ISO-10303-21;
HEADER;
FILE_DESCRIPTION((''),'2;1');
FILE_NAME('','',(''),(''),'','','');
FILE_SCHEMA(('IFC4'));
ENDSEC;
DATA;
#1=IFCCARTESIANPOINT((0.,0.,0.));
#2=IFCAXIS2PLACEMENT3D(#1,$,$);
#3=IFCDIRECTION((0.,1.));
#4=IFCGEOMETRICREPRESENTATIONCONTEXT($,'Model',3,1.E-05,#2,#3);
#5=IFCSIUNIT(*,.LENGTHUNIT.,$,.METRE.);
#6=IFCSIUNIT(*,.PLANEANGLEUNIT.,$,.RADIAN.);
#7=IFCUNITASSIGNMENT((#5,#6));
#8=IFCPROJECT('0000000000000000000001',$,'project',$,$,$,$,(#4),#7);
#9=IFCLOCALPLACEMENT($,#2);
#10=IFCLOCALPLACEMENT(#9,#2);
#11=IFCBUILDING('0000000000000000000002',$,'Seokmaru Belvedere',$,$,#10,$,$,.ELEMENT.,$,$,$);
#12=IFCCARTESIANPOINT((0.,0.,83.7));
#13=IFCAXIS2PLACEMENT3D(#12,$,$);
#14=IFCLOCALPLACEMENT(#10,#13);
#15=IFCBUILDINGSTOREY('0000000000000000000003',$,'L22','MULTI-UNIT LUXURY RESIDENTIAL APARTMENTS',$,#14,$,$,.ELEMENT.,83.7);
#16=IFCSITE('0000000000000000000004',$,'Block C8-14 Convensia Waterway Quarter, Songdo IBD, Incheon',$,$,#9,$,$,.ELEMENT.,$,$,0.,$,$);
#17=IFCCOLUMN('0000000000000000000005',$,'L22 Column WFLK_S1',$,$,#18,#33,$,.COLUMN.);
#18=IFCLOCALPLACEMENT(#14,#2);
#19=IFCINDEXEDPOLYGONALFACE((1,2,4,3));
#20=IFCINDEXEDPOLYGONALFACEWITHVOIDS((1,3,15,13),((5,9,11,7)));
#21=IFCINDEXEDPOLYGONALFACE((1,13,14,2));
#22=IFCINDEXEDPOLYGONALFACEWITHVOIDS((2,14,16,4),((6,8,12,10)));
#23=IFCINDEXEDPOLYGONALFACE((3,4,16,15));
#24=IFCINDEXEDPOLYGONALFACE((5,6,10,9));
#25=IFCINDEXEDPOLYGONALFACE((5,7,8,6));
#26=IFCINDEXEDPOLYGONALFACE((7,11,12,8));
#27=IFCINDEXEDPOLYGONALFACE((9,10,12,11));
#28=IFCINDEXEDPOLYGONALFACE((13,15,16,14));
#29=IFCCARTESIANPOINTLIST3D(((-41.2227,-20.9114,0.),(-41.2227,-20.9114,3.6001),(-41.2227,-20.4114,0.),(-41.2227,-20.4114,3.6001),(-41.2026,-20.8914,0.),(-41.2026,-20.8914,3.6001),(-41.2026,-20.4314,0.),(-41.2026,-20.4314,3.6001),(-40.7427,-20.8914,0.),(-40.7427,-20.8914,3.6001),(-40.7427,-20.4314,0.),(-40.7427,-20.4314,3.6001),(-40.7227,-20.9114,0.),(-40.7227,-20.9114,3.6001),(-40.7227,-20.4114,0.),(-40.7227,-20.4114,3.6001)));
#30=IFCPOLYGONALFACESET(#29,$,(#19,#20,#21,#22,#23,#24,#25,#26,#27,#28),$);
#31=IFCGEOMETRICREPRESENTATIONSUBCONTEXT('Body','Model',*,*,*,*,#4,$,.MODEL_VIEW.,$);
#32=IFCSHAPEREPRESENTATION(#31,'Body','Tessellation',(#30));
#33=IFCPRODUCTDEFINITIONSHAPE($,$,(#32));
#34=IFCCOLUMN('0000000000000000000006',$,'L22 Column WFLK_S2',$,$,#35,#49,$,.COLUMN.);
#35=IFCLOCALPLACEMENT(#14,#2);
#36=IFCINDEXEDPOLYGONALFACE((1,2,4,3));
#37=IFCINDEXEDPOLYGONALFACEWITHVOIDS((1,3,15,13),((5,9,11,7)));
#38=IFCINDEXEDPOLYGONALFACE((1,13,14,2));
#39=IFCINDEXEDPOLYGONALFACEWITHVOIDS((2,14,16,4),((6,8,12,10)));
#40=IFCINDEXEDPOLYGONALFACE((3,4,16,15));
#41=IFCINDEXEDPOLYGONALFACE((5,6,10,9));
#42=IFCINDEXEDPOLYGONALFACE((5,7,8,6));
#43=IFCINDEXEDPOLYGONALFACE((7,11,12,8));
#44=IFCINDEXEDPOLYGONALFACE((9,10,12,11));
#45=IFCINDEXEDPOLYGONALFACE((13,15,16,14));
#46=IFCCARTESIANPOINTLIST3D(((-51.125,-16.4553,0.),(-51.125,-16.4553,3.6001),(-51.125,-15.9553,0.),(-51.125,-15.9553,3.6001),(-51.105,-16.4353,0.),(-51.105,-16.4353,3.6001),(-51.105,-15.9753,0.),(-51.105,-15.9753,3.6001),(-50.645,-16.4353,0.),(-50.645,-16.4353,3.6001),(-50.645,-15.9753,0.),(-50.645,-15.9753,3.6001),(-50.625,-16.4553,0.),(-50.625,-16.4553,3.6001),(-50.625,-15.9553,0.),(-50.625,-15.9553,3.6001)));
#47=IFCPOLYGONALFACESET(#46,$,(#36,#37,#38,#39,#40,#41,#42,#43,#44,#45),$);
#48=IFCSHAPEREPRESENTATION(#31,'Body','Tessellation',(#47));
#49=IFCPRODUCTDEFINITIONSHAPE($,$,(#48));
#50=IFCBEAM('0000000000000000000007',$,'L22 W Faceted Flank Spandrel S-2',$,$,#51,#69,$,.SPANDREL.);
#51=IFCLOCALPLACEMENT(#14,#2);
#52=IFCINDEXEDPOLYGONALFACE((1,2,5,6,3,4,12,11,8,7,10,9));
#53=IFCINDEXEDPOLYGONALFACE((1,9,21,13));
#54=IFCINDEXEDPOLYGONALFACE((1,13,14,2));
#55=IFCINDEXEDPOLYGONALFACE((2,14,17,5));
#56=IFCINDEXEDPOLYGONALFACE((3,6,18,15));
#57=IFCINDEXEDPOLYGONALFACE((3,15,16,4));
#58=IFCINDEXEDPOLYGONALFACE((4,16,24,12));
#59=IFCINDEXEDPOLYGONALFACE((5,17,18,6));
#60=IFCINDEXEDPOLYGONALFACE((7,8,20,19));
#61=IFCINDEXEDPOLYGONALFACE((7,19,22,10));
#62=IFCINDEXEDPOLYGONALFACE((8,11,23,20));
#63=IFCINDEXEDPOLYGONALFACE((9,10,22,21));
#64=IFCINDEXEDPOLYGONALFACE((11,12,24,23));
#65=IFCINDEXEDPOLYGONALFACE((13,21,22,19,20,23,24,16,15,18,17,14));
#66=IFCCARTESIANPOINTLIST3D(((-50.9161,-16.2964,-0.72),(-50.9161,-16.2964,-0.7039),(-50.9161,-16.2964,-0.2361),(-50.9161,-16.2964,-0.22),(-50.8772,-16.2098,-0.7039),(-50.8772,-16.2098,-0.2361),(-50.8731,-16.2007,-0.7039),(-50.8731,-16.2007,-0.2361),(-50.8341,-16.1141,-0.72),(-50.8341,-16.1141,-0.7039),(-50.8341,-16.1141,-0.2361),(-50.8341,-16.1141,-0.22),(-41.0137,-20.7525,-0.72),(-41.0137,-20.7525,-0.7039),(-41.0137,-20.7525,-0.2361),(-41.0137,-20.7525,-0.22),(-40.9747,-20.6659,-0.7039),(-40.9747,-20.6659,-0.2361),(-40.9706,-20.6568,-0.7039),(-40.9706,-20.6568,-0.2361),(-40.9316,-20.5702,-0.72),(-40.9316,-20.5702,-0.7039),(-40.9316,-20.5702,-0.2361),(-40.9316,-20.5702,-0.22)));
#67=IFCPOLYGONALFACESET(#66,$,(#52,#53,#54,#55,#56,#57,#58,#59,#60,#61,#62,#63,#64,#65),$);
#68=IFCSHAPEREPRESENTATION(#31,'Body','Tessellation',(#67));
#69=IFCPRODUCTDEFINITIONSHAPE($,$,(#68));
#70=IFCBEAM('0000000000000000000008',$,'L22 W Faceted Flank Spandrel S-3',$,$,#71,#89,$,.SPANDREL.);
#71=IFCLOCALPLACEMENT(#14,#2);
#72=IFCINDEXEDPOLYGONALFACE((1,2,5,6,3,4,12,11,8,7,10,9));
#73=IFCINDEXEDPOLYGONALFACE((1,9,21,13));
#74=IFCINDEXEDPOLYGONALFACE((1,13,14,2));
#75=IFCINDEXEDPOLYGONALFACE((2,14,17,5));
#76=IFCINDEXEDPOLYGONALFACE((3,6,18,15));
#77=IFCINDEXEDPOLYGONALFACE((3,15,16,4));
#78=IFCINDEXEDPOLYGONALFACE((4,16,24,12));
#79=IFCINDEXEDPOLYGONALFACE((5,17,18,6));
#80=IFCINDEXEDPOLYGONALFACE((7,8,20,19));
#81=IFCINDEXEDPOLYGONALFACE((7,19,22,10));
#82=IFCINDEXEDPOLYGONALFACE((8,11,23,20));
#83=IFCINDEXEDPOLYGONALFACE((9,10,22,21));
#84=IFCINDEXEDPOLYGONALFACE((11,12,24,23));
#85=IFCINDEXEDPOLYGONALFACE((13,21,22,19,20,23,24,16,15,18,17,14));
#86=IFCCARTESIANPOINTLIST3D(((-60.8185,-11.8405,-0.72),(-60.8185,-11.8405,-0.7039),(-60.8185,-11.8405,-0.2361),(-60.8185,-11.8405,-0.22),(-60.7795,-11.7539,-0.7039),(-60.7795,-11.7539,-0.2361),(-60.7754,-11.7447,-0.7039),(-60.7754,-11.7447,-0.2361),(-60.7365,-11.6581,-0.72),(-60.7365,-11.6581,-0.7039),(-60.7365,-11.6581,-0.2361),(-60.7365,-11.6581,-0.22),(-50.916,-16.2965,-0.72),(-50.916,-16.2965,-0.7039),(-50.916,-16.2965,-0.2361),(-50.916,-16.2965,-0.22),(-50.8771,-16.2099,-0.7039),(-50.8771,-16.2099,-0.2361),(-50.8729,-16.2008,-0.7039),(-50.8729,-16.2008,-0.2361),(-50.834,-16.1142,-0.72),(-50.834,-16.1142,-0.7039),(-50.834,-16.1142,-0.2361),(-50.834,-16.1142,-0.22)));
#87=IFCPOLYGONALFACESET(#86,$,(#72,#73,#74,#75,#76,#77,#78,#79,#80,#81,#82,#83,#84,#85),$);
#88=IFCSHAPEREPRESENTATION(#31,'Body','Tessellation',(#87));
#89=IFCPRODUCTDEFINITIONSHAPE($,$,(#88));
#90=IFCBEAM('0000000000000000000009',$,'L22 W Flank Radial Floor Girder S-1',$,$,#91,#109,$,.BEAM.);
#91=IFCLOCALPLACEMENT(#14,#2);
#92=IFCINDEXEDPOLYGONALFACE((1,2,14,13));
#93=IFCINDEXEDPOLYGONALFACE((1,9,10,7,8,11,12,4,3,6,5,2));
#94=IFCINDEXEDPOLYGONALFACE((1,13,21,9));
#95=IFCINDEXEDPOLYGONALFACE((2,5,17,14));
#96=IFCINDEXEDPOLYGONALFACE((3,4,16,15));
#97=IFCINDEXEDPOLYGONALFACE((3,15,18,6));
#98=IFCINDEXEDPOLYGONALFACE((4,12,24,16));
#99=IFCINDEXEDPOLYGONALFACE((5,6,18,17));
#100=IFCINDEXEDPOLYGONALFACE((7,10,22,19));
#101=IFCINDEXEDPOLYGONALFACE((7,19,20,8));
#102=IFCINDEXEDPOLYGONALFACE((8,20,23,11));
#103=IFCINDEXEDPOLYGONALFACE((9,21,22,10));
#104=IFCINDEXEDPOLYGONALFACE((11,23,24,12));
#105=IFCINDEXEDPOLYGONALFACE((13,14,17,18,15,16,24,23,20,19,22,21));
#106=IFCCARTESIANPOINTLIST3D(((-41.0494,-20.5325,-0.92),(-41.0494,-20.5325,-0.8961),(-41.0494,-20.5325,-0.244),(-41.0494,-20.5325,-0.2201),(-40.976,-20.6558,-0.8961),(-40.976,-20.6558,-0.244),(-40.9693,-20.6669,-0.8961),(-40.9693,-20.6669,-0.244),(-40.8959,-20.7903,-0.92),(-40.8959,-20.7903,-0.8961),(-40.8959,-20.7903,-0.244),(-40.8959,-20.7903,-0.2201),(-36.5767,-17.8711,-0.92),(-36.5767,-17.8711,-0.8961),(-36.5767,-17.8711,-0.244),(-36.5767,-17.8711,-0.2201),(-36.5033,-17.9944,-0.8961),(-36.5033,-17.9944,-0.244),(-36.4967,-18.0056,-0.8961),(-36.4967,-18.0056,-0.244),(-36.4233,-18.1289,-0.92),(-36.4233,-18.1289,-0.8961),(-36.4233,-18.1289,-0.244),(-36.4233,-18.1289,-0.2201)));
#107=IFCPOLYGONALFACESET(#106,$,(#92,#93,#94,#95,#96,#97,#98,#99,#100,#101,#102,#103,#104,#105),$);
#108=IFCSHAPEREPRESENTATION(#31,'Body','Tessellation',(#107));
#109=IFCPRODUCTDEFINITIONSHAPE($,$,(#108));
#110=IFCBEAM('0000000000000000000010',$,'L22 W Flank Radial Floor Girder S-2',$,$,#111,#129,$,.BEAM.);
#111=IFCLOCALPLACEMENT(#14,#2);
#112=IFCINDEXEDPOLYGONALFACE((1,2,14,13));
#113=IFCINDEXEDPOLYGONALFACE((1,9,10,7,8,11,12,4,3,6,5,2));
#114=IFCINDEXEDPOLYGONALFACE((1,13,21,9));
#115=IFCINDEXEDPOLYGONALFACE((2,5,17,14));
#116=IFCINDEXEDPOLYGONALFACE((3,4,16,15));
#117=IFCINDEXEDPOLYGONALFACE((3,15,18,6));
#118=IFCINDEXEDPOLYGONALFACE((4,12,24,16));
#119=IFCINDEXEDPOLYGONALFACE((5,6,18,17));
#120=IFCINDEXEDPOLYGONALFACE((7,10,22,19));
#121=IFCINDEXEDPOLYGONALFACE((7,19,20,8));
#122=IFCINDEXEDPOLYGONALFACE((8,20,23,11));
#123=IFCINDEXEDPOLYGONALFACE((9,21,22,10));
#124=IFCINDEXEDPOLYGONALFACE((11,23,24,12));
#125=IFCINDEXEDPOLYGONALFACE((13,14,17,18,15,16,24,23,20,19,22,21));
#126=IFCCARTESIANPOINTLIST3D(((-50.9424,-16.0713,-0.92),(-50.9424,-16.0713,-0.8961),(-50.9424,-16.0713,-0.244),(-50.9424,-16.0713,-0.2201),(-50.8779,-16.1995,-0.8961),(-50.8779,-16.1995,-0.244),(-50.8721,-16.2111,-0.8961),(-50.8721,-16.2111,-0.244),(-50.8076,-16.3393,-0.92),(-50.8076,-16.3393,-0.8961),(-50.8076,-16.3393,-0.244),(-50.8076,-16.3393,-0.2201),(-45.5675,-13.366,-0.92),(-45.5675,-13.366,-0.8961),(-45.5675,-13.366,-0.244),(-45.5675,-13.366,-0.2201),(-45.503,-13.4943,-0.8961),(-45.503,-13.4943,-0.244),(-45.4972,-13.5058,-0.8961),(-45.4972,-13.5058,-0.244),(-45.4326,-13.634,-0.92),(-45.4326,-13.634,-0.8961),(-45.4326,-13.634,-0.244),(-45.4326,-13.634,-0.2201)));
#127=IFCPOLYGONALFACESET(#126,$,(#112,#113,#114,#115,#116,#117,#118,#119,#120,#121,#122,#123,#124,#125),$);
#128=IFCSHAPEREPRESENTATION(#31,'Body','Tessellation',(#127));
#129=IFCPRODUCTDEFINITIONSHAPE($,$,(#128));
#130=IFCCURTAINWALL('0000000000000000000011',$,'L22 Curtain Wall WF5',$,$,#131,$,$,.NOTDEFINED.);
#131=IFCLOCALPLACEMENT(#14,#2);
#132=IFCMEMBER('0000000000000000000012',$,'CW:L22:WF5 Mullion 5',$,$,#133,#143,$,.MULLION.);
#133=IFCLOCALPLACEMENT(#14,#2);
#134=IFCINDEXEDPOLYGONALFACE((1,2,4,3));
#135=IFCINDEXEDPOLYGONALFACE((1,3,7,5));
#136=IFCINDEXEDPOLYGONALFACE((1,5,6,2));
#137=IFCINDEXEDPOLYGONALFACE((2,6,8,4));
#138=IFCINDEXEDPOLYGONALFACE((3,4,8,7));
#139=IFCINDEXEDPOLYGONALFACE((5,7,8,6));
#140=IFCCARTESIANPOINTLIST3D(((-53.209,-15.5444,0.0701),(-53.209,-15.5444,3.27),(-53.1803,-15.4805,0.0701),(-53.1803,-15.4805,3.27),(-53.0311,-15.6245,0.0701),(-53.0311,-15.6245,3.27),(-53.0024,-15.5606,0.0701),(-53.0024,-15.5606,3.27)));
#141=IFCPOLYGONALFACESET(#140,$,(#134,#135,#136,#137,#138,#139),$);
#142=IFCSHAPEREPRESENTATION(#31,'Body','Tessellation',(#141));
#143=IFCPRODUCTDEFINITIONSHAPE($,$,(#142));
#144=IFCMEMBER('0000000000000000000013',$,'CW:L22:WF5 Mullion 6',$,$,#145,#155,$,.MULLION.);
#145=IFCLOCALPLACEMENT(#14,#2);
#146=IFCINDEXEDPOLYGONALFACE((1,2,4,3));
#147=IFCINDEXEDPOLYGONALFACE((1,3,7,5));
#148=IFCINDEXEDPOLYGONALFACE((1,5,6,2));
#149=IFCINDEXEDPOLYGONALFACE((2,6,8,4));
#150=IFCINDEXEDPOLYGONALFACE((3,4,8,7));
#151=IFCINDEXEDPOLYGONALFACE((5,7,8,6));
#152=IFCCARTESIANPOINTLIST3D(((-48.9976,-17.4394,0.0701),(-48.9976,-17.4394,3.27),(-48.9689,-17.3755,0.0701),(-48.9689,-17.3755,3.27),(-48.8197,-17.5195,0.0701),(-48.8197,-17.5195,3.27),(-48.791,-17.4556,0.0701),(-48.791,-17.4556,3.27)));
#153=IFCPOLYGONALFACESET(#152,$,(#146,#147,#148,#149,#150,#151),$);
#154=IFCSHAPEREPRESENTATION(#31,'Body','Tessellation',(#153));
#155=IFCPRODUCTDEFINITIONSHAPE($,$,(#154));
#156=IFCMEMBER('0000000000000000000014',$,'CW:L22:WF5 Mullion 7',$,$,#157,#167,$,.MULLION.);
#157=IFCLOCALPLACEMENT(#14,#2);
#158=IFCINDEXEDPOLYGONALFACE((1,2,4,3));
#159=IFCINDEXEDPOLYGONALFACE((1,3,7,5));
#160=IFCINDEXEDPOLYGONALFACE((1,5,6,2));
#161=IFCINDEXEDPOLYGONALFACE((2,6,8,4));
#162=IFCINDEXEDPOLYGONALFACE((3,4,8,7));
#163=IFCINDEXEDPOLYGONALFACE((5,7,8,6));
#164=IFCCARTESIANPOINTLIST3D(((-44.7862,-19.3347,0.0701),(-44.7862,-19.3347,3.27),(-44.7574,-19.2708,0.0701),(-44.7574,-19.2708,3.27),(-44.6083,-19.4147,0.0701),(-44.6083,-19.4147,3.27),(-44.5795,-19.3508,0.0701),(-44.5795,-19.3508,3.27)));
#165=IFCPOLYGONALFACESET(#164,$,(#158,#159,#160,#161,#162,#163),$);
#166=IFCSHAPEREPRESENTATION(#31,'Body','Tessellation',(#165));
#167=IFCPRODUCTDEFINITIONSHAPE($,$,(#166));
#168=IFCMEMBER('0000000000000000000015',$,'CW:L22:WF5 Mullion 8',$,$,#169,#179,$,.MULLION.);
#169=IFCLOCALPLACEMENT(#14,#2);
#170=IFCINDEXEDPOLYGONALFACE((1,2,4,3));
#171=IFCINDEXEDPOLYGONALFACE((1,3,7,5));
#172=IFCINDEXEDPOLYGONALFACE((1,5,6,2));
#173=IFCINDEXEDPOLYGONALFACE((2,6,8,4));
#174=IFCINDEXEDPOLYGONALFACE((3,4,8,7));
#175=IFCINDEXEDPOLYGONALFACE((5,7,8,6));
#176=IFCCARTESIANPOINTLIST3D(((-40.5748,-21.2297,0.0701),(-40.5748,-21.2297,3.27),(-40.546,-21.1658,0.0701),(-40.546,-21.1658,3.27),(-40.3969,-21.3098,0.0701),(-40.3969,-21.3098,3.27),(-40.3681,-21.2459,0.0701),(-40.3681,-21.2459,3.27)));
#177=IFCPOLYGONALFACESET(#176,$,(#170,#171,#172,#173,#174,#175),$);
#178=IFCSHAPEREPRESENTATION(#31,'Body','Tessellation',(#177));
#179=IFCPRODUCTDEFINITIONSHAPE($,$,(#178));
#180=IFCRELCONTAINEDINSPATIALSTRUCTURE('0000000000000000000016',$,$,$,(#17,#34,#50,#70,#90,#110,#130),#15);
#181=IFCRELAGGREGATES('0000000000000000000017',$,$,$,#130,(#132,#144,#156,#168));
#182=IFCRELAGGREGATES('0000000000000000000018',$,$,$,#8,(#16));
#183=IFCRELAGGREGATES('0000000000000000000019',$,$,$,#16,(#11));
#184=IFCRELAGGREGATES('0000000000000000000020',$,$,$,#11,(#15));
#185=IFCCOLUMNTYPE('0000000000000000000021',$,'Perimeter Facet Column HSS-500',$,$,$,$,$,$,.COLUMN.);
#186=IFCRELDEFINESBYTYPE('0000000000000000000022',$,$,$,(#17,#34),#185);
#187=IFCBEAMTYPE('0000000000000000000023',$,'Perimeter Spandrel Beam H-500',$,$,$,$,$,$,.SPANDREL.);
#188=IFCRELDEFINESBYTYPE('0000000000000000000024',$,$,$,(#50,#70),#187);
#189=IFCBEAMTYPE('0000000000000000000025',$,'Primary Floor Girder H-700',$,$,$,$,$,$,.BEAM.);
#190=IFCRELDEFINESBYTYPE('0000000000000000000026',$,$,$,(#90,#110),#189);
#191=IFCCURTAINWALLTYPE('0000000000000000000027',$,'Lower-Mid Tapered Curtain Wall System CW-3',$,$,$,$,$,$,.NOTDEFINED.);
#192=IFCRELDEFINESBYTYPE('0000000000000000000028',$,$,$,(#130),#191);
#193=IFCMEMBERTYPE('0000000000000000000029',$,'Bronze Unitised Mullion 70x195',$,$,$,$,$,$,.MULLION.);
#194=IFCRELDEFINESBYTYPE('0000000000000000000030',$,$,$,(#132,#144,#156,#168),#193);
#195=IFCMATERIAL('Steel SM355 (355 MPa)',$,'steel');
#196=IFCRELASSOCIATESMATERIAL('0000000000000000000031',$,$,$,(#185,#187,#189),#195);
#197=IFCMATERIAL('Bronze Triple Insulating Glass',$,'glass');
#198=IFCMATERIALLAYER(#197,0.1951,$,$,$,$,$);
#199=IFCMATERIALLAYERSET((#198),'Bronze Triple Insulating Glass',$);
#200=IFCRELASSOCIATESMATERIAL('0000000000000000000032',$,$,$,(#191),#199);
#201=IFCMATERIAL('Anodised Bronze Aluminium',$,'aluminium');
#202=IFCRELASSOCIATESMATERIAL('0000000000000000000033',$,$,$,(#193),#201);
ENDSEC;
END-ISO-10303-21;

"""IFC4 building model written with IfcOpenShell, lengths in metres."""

from ifc_helpers import new_model, si_unit, direction, frame, origin, origin_2d, place, context, subcontext, project, spatial, rectangle, hollow_rectangle, i_section, extrude, source, transform, mapped, material, layer, layer_set, material_profile, profile_set, type_object, type_shapes, element, aggregate, save


model = new_model("IFC4")

# Units and contexts
model_context = context("Model", 3, precision=1e-05, world=origin(), true_north=direction((0.0, 1.0)))
body_context = subcontext(model_context, "Body", "Model", "MODEL_VIEW")
ifc_project = project(units=[si_unit("LENGTHUNIT", "METRE"), si_unit("PLANEANGLEUNIT", "RADIAN")], contexts=[model_context])

# Site, building, storey
site_placement = place(None, origin())
site = spatial("IfcSite", under=ifc_project, at=site_placement, Name="Block C8-14 Convensia Waterway Quarter, Songdo IBD, Incheon", CompositionType="ELEMENT", RefElevation=0.0)
building_placement = place(site_placement, origin())
building = spatial("IfcBuilding", under=site, at=building_placement, Name="Seokmaru Belvedere", CompositionType="ELEMENT")
storey_placement = place(building_placement, frame((0.0, 0.0, 83.7)))
storey = spatial("IfcBuildingStorey", under=building, at=storey_placement, Name="L22", Description="MULTI-UNIT LUXURY RESIDENTIAL APARTMENTS", CompositionType="ELEMENT", Elevation=83.7)

# Columns
ifc_material_1 = material(Name="Steel SM355 (355 MPa)", Category="steel")
ifc_material_profile_1 = material_profile(ifc_material_1, hollow_rectangle(XDim=0.5, YDim=0.5, WallThickness=0.02, at=origin_2d()), Name="HSS-500x500x20")
ifc_profile_set_1 = profile_set([ifc_material_profile_1], Name="Steel SM355 (355 MPa)")
column_type = type_object("IfcColumnType", Name="Perimeter Facet Column HSS-500", PredefinedType="COLUMN", material=ifc_profile_set_1)
shared_shape_1 = source(origin(), body_context, "Body", "SweptSolid", [
    extrude(hollow_rectangle(XDim=0.5, YDim=0.5, WallThickness=0.02, at=origin_2d()), origin(), (0.0, 0.0, 1.0), 3.6001),
])
type_shapes(column_type, [shared_shape_1])
for number, where, z_axis, x_axis, name in (
    (1, (-40.9727, -20.6614, 0.0), (0.0, 0.0, 1.0), (1.0, 0.0, 0.0), "L22 Column WFLK_S1"),
    (2, (-50.875, -16.2053, 0.0), (0.0, 0.0, 1.0), (1.0, 0.0, 0.0), "L22 Column WFLK_S2"),
):
    element("IfcColumn", number, at=place(storey_placement, frame(where, z_axis=z_axis, x_axis=x_axis)), inside=storey, type_object=column_type, Name=name, PredefinedType="COLUMN", context=body_context, shape_type="MappedRepresentation", body=[
        mapped(shared_shape_1, transform((0.0, 0.0, 0.0), scale=1.0)),
    ])

# Beams
ifc_material_profile_2 = material_profile(ifc_material_1, i_section(OverallWidth=0.2, OverallDepth=0.5, WebThickness=0.01, FlangeThickness=0.0161, at=origin_2d()), Name="H-500x200x10x16")
ifc_profile_set_2 = profile_set([ifc_material_profile_2], Name="Steel SM355 (355 MPa)")
beam_type_1 = type_object("IfcBeamType", Name="Perimeter Spandrel Beam H-500", PredefinedType="SPANDREL", material=ifc_profile_set_2)
shared_shape_2 = source(origin(), body_context, "Body", "SweptSolid", [
    extrude(i_section(OverallWidth=0.2, OverallDepth=0.5, WebThickness=0.01, FlangeThickness=0.0161, at=origin_2d()), origin(), (0.0, 0.0, 1.0), 10.8589),
])
type_shapes(beam_type_1, [shared_shape_2])
for number, where, z_axis, x_axis, name in (
    (3, (-40.9727, -20.6614, -0.47), (-0.911922, 0.410365, 0.0), (-0.410365, -0.911922, 0.0), "L22 W Faceted Flank Spandrel S-2"),
    (4, (-50.875, -16.2053, -0.47), (-0.911925, 0.410356, 0.0), (-0.410356, -0.911925, 0.0), "L22 W Faceted Flank Spandrel S-3"),
):
    element("IfcBeam", number, at=place(storey_placement, frame(where, z_axis=z_axis, x_axis=x_axis)), inside=storey, type_object=beam_type_1, Name=name, PredefinedType="SPANDREL", context=body_context, shape_type="MappedRepresentation", body=[
        mapped(shared_shape_2, transform((0.0, 0.0, 0.0), scale=1.0)),
    ])
ifc_material_profile_3 = material_profile(ifc_material_1, i_section(OverallWidth=0.3, OverallDepth=0.7, WebThickness=0.0129, FlangeThickness=0.0239, at=origin_2d()), Name="H-700x300x13x24")
ifc_profile_set_3 = profile_set([ifc_material_profile_3], Name="Steel SM355 (355 MPa)")
beam_type_2 = type_object("IfcBeamType", Name="Primary Floor Girder H-700", PredefinedType="BEAM", material=ifc_profile_set_3)
shared_shape_3 = source(origin(), body_context, "Body", "SweptSolid", [
    extrude(i_section(OverallWidth=0.3, OverallDepth=0.7, WebThickness=0.0129, FlangeThickness=0.0239, at=origin_2d()), origin(), (0.0, 0.0, 1.0), 5.2046),
])
beam_1_placement = place(storey_placement, frame((-40.9727, -20.6614, -0.5701), z_axis=(0.85937, 0.511354, 0.0), x_axis=(-0.511354, 0.85937, 0.0)))
element("IfcBeam", 5, at=beam_1_placement, inside=storey, type_object=beam_type_2, Name="L22 W Flank Radial Floor Girder S-1", PredefinedType="BEAM", context=body_context, shape_type="MappedRepresentation", body=[
    mapped(shared_shape_3, transform((0.0, 0.0, 0.0), scale=1.0)),
])
shared_shape_4 = source(origin(), body_context, "Body", "SweptSolid", [
    extrude(i_section(OverallWidth=0.3, OverallDepth=0.7, WebThickness=0.0129, FlangeThickness=0.0239, at=origin_2d()), origin(), (0.0, 0.0, 1.0), 6.0173),
])
type_shapes(beam_type_2, [shared_shape_3, shared_shape_4])
beam_2_placement = place(storey_placement, frame((-50.875, -16.2053, -0.5701), z_axis=(0.893239, 0.449581, 0.0), x_axis=(-0.449581, 0.893239, 0.0)))
element("IfcBeam", 6, at=beam_2_placement, inside=storey, type_object=beam_type_2, Name="L22 W Flank Radial Floor Girder S-2", PredefinedType="BEAM", context=body_context, shape_type="MappedRepresentation", body=[
    mapped(shared_shape_4, transform((0.0, 0.0, 0.0), scale=1.0)),
])

# Curtain wall, members
ifc_material_2 = material(Name="Bronze Triple Insulating Glass", Category="glass")
ifc_layer_1 = layer(ifc_material_2, 0.1951)
ifc_layer_set_1 = layer_set([ifc_layer_1], Name="Bronze Triple Insulating Glass")
curtain_wall_type = type_object("IfcCurtainWallType", Name="Lower-Mid Tapered Curtain Wall System CW-3", PredefinedType="NOTDEFINED", material=ifc_layer_set_1)
curtain_wall_placement = place(storey_placement, origin())
curtain_wall = element("IfcCurtainWall", 7, at=curtain_wall_placement, inside=storey, type_object=curtain_wall_type, Name="L22 Curtain Wall WF5", PredefinedType="NOTDEFINED")
ifc_material_3 = material(Name="Anodised Bronze Aluminium", Category="aluminium")
ifc_material_profile_4 = material_profile(ifc_material_3, rectangle(XDim=0.0701, YDim=0.1951, at=origin_2d()), Name="CW-M-70x195")
ifc_profile_set_4 = profile_set([ifc_material_profile_4], Name="Anodised Bronze Aluminium")
member_type = type_object("IfcMemberType", Name="Bronze Unitised Mullion 70x195", PredefinedType="MULLION", material=ifc_profile_set_4)
shared_shape_5 = source(origin(), body_context, "Body", "SweptSolid", [
    extrude(rectangle(XDim=0.0701, YDim=0.1951, at=origin_2d()), origin(), (0.0, 0.0, 1.0), 3.2),
])
type_shapes(member_type, [shared_shape_5])
member_1_placement = place(storey_placement, frame((-53.1057, -15.5525, 0.0701), z_axis=(0.0, 0.0, 1.0), x_axis=(0.410366, 0.911921, 0.0)))
member_1 = element("IfcMember", 8, at=member_1_placement, type_object=member_type, Name="CW:L22:WF5 Mullion 5", PredefinedType="MULLION", context=body_context, shape_type="MappedRepresentation", body=[
    mapped(shared_shape_5, transform((0.0, 0.0, 0.0), scale=1.0)),
])
member_2_placement = place(storey_placement, frame((-48.8943, -17.4475, 0.0701), z_axis=(0.0, 0.0, 1.0), x_axis=(0.410366, 0.911921, 0.0)))
member_2 = element("IfcMember", 9, at=member_2_placement, type_object=member_type, Name="CW:L22:WF5 Mullion 6", PredefinedType="MULLION", context=body_context, shape_type="MappedRepresentation", body=[
    mapped(shared_shape_5, transform((0.0, 0.0, 0.0), scale=1.0)),
])
member_3_placement = place(storey_placement, frame((-44.6829, -19.3428, 0.0701), z_axis=(0.0, 0.0, 1.0), x_axis=(0.410366, 0.911921, 0.0)))
member_3 = element("IfcMember", 10, at=member_3_placement, type_object=member_type, Name="CW:L22:WF5 Mullion 7", PredefinedType="MULLION", context=body_context, shape_type="MappedRepresentation", body=[
    mapped(shared_shape_5, transform((0.0, 0.0, 0.0), scale=1.0)),
])
member_4_placement = place(storey_placement, frame((-40.4714, -21.2378, 0.0701), z_axis=(0.0, 0.0, 1.0), x_axis=(0.410366, 0.911921, 0.0)))
member_4 = element("IfcMember", 11, at=member_4_placement, type_object=member_type, Name="CW:L22:WF5 Mullion 8", PredefinedType="MULLION", context=body_context, shape_type="MappedRepresentation", body=[
    mapped(shared_shape_5, transform((0.0, 0.0, 0.0), scale=1.0)),
])
aggregate(curtain_wall, [member_1, member_2, member_3, member_4])

save(model, "model.ifc")
